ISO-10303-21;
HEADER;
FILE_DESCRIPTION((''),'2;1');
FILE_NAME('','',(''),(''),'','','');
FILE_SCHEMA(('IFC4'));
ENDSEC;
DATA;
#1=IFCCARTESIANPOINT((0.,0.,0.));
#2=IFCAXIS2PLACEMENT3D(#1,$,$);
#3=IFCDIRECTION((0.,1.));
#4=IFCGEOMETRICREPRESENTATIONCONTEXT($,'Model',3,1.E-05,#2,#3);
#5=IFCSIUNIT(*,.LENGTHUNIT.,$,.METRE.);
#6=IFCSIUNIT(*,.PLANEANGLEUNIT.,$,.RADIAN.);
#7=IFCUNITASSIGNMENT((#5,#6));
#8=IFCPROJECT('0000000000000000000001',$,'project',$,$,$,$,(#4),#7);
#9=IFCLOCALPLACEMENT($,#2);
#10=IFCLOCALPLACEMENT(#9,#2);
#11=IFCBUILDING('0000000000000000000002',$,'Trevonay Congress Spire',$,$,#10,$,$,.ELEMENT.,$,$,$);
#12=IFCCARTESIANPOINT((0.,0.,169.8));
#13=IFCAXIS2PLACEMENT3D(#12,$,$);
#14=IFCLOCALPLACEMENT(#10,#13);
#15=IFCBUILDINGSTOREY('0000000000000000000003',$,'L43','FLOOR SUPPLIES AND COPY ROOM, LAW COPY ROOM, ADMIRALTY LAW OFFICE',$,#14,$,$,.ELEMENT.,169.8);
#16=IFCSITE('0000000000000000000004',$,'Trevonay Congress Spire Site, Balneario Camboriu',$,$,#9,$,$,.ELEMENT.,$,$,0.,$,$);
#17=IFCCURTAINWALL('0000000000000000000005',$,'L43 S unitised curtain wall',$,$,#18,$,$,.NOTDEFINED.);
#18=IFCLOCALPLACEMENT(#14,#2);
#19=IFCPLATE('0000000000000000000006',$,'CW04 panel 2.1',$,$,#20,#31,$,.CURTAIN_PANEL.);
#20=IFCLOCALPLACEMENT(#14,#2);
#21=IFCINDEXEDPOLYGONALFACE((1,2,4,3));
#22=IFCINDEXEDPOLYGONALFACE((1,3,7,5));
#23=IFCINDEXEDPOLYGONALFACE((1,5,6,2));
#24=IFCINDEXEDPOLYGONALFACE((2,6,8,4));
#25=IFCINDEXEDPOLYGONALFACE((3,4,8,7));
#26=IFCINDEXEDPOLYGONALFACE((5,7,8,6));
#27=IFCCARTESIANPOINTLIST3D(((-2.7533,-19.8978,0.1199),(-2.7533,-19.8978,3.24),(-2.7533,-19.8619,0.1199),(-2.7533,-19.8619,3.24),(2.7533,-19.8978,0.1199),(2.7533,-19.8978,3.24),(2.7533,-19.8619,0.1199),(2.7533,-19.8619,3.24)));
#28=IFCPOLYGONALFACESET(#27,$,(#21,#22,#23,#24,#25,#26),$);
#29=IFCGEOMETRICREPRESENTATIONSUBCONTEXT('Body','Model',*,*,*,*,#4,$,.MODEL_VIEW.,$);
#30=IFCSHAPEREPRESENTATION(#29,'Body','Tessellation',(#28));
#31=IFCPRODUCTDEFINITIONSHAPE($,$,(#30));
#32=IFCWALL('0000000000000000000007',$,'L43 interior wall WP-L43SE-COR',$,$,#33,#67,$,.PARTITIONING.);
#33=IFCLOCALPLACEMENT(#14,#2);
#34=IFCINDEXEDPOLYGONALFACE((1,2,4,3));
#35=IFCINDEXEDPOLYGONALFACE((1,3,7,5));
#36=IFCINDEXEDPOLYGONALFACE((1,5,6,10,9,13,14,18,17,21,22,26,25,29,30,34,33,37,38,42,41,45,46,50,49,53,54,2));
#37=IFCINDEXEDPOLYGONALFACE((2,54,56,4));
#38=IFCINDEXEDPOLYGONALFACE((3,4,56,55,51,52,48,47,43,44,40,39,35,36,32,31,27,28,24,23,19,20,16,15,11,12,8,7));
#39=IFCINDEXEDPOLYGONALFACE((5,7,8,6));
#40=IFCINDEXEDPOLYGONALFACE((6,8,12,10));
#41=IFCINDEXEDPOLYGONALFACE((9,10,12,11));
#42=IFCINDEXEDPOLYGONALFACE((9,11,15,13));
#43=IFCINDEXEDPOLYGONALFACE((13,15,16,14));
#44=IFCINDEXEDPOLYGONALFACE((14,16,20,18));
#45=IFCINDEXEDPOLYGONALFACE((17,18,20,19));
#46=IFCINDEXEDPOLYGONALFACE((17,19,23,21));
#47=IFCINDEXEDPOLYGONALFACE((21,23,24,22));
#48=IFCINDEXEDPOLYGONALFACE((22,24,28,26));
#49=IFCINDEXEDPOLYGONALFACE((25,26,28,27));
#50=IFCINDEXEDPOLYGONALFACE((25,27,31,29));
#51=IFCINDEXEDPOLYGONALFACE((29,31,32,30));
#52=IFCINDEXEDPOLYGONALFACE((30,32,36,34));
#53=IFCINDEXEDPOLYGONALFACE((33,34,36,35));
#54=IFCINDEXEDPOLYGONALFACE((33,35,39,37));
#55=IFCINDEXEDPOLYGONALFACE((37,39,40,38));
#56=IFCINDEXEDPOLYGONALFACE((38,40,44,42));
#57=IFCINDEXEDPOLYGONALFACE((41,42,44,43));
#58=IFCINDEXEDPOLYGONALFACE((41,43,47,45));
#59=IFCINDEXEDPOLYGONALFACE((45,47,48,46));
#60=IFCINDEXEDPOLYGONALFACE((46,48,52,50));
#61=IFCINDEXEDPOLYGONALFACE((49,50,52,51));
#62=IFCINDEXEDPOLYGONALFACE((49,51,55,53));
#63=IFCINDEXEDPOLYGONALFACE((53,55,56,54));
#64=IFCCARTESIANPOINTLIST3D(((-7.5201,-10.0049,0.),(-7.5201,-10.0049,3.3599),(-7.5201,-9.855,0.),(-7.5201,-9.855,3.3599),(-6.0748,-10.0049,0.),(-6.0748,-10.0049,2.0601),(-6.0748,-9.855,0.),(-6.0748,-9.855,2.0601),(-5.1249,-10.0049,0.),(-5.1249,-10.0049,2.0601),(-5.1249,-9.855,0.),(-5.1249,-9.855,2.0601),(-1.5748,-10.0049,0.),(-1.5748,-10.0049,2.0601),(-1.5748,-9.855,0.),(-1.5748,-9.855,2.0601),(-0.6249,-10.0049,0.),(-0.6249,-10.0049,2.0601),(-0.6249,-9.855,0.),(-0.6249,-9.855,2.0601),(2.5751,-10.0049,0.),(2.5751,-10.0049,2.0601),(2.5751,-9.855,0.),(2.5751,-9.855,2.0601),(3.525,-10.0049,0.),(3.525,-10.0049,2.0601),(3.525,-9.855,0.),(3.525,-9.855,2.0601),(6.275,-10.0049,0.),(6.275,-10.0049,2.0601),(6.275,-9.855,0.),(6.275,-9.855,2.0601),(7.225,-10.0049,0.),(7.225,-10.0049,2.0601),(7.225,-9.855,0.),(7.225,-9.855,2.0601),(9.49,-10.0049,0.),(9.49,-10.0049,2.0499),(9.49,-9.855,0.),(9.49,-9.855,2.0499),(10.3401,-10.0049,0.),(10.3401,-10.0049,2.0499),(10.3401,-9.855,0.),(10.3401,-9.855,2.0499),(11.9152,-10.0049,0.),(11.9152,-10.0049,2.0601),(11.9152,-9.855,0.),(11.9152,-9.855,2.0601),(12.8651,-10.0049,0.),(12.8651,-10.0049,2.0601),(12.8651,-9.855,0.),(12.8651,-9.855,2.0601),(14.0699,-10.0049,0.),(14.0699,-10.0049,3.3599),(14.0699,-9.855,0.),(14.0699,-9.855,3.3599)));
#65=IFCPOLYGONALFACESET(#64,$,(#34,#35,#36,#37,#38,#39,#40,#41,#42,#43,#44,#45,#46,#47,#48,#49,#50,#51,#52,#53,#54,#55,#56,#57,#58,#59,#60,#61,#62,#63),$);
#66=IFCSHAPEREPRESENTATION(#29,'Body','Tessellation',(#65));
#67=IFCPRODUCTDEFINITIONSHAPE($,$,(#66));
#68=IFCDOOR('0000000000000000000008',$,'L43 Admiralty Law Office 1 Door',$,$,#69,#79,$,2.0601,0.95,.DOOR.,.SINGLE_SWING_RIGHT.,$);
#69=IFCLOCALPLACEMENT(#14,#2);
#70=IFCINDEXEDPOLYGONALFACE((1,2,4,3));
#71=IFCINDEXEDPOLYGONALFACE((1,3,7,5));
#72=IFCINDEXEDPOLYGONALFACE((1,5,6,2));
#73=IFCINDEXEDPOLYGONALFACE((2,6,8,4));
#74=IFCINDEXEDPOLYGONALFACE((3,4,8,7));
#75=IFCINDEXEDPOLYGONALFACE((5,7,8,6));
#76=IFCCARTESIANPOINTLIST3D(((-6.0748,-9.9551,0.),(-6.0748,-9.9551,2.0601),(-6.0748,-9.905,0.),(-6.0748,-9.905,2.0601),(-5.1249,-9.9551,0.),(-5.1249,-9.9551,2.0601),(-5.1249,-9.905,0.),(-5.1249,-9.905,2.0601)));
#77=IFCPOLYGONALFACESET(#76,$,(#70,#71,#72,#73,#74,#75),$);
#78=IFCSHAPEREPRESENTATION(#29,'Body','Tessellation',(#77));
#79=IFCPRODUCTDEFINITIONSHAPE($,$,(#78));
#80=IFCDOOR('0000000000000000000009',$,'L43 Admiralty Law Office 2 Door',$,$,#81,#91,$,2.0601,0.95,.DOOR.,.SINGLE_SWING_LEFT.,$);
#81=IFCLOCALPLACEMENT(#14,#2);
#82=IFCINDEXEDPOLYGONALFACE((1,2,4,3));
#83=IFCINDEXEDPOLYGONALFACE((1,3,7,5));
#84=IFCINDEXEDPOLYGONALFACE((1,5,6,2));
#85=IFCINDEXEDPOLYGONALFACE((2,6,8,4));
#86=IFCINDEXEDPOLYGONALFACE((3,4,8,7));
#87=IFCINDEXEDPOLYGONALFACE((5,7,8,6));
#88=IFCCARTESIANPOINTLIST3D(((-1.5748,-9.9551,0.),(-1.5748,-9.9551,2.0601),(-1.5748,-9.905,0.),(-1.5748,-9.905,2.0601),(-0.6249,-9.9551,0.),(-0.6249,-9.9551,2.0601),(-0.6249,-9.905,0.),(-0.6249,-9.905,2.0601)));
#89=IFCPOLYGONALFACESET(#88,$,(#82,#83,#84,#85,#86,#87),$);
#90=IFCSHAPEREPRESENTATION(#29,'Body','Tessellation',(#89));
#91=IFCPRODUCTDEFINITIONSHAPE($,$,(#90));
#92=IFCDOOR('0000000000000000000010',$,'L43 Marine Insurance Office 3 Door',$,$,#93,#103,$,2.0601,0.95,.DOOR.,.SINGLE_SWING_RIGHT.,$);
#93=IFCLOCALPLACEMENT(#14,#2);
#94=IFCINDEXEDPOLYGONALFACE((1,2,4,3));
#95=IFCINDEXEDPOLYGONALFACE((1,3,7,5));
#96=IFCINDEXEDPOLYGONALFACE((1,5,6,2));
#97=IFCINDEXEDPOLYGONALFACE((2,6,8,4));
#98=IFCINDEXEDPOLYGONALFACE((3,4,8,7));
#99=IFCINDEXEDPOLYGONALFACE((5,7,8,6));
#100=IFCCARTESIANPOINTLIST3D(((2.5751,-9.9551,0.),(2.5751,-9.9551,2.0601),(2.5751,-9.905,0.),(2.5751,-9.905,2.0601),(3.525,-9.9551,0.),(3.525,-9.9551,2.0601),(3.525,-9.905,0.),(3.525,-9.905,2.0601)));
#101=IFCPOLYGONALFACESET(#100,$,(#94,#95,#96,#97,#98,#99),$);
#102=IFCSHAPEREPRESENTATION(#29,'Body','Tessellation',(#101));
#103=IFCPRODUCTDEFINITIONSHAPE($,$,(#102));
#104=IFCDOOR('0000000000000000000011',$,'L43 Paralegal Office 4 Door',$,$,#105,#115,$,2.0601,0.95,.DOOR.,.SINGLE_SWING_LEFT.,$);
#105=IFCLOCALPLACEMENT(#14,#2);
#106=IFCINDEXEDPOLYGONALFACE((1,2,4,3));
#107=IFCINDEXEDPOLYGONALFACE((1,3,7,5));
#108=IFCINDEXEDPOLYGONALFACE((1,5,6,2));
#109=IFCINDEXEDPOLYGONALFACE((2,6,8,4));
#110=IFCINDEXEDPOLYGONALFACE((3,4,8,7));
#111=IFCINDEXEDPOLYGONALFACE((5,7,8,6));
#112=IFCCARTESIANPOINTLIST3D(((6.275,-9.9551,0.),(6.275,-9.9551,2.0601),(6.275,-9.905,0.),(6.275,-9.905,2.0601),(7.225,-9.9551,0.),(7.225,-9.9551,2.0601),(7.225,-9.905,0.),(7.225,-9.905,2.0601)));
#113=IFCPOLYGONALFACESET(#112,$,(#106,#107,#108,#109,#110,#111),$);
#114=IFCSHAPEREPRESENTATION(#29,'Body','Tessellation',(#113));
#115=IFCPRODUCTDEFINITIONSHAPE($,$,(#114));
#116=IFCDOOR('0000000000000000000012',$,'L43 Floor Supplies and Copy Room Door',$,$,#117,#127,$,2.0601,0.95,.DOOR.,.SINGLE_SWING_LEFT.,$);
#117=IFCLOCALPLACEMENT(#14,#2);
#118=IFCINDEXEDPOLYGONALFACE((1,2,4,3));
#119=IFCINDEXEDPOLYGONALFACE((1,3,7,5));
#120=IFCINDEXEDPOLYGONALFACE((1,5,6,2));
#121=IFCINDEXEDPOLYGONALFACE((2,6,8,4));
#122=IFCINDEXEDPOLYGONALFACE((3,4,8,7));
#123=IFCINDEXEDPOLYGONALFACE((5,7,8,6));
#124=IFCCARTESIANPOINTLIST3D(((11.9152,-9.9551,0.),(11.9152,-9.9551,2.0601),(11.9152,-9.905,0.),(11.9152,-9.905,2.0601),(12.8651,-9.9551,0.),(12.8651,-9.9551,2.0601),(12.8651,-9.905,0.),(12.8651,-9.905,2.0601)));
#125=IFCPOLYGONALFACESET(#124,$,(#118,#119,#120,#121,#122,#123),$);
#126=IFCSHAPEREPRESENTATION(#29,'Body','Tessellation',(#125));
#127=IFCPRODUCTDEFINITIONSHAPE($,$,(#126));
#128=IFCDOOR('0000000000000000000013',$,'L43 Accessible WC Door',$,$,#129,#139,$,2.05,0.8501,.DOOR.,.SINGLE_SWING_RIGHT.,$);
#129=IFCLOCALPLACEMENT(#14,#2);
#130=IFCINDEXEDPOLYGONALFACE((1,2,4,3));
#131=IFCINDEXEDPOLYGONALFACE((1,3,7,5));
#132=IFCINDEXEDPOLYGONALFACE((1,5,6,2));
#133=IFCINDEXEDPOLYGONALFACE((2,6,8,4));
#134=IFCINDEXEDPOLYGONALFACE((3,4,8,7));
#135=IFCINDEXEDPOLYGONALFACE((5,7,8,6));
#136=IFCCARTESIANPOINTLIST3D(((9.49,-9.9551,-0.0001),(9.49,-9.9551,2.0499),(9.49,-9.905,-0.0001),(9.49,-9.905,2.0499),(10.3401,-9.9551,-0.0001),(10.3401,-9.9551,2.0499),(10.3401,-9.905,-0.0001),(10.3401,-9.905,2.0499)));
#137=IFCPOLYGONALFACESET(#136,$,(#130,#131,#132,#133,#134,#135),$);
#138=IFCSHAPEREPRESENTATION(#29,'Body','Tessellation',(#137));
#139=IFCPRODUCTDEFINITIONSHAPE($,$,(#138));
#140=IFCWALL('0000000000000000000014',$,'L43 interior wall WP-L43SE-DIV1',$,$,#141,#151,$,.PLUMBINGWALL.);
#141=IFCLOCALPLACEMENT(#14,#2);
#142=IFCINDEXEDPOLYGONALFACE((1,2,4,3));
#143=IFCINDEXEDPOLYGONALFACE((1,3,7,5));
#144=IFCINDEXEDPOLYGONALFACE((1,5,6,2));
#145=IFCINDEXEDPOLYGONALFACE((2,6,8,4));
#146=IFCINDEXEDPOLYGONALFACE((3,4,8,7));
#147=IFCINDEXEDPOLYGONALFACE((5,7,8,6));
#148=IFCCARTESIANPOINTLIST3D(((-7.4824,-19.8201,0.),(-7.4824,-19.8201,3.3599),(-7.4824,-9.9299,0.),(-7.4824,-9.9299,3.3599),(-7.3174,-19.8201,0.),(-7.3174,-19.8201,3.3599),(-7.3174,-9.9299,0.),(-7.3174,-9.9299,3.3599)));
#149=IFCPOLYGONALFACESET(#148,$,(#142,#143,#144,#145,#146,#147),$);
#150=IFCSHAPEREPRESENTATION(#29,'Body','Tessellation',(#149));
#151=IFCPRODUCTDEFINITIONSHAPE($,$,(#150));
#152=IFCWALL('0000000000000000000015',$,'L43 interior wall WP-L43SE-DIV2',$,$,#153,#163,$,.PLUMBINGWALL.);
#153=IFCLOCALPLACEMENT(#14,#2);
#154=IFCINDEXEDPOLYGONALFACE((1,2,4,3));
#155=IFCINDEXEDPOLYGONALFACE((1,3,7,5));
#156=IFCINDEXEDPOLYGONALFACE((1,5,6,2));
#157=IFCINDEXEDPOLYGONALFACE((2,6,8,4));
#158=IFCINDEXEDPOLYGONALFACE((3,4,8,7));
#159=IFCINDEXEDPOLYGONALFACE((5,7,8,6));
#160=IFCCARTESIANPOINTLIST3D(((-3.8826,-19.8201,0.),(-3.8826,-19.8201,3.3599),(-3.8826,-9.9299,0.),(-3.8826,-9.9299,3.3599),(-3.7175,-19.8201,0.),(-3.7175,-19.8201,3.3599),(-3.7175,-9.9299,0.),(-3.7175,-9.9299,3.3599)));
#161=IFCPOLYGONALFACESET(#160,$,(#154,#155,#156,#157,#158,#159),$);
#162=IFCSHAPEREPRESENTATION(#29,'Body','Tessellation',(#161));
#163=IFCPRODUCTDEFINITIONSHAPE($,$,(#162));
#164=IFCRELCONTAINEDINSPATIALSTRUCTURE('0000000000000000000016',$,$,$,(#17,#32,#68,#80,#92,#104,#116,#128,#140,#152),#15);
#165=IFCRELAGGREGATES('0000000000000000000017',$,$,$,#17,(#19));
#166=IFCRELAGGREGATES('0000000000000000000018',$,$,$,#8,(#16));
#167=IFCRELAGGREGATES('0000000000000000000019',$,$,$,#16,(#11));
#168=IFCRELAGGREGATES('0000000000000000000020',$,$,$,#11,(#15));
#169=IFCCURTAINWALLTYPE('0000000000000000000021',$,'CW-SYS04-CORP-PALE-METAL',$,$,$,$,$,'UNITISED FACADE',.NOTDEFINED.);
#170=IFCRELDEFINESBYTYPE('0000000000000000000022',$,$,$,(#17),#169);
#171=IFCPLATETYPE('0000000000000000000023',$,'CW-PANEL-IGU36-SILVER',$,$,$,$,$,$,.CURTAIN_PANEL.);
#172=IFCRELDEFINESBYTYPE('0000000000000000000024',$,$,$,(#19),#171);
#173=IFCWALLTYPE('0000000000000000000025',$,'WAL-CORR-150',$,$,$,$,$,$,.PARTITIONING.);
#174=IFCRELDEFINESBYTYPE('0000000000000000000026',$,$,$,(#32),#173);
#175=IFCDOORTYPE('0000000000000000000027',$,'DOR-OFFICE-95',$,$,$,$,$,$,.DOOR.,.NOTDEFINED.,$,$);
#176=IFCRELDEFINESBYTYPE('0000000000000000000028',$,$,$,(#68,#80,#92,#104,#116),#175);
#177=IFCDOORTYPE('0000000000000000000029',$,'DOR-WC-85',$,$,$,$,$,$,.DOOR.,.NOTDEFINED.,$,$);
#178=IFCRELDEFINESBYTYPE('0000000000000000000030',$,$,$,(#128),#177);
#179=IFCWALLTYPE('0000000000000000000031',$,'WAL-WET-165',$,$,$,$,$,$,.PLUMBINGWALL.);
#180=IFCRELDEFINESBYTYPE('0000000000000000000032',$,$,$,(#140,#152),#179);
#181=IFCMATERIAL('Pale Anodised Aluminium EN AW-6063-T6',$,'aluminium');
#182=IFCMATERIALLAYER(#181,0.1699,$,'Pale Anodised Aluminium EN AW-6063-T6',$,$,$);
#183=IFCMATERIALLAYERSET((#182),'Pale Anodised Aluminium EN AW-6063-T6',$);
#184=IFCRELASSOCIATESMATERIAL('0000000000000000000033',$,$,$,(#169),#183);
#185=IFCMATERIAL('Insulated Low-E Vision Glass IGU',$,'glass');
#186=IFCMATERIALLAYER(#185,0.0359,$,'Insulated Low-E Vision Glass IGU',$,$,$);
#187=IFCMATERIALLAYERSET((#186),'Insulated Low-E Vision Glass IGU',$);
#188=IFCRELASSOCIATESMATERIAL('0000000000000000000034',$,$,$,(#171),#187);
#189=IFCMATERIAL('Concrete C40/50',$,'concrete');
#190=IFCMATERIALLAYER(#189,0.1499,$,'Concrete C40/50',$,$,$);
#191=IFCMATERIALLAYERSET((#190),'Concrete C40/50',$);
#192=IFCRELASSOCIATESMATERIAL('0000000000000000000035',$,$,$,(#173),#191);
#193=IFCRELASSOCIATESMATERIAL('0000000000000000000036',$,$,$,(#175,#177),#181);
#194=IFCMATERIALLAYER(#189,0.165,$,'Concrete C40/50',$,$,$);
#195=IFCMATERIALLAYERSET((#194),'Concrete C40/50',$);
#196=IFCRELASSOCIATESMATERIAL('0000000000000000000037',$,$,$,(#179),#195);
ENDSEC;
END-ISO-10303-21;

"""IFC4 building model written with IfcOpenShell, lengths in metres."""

from ifc_helpers import new_model, si_unit, direction, frame, frame_2d, origin, origin_2d, place, context, subcontext, project, spatial, rectangle, extrude, material, layer, layer_set, type_object, element, fill, aggregate, save


model = new_model("IFC4")

# Units and contexts
model_context = context("Model", 3, precision=1e-05, world=origin(), true_north=direction((0.0, 1.0)))
body_context = subcontext(model_context, "Body", "Model", "MODEL_VIEW")
ifc_project = project(units=[si_unit("LENGTHUNIT", "METRE"), si_unit("PLANEANGLEUNIT", "RADIAN")], contexts=[model_context])

# Site, building, storey
site_placement = place(None, origin())
site = spatial("IfcSite", under=ifc_project, at=site_placement, Name="Trevonay Congress Spire Site, Balneario Camboriu", CompositionType="ELEMENT", RefElevation=0.0)
building_placement = place(site_placement, origin())
building = spatial("IfcBuilding", under=site, at=building_placement, Name="Trevonay Congress Spire", CompositionType="ELEMENT")
storey_placement = place(building_placement, frame((0.0, 0.0, 169.8)))
storey = spatial("IfcBuildingStorey", under=building, at=storey_placement, Name="L43", Description="FLOOR SUPPLIES AND COPY ROOM, LAW COPY ROOM, ADMIRALTY LAW OFFICE", CompositionType="ELEMENT", Elevation=169.8)

# Curtain wall, plate
ifc_material_1 = material(Name="Pale Anodised Aluminium EN AW-6063-T6", Category="aluminium")
ifc_layer_1 = layer(ifc_material_1, 0.1699, Name="Pale Anodised Aluminium EN AW-6063-T6")
ifc_layer_set_1 = layer_set([ifc_layer_1], Name="Pale Anodised Aluminium EN AW-6063-T6")
curtain_wall_type = type_object("IfcCurtainWallType", Name="CW-SYS04-CORP-PALE-METAL", ElementType="UNITISED FACADE", PredefinedType="NOTDEFINED", material=ifc_layer_set_1)
curtain_wall_placement = place(storey_placement, origin())
curtain_wall = element("IfcCurtainWall", 1, at=curtain_wall_placement, inside=storey, type_object=curtain_wall_type, Name="L43 S unitised curtain wall", PredefinedType="NOTDEFINED")
ifc_material_2 = material(Name="Insulated Low-E Vision Glass IGU", Category="glass")
ifc_layer_2 = layer(ifc_material_2, 0.0359, Name="Insulated Low-E Vision Glass IGU")
ifc_layer_set_2 = layer_set([ifc_layer_2], Name="Insulated Low-E Vision Glass IGU")
plate_type = type_object("IfcPlateType", Name="CW-PANEL-IGU36-SILVER", PredefinedType="CURTAIN_PANEL", material=ifc_layer_set_2)
plate_1_placement = place(storey_placement, frame((0.0, -19.8799, 0.1199), z_axis=(0.0, 0.0, 1.0), x_axis=(1.0, 0.0, 0.0)))
plate_1 = element("IfcPlate", 2, at=plate_1_placement, type_object=plate_type, Name="CW04 panel 2.1", PredefinedType="CURTAIN_PANEL", context=body_context, shape_type="SweptSolid", body=[
    extrude(rectangle(XDim=5.5066, YDim=0.0359, at=origin_2d()), origin(), (0.0, 0.0, 1.0), 3.1201),
])
aggregate(curtain_wall, [plate_1])

# Wall, openings, doors
ifc_material_3 = material(Name="Concrete C40/50", Category="concrete")
ifc_layer_3 = layer(ifc_material_3, 0.1499, Name="Concrete C40/50")
ifc_layer_set_3 = layer_set([ifc_layer_3], Name="Concrete C40/50")
wall_type_1 = type_object("IfcWallType", Name="WAL-CORR-150", PredefinedType="PARTITIONING", material=ifc_layer_set_3)
wall_placement = place(storey_placement, frame((-7.52, -9.9299, 0.0), z_axis=(0.0, 0.0, 1.0), x_axis=(1.0, 0.0, 0.0)))
wall = element("IfcWall", 3, at=wall_placement, inside=storey, type_object=wall_type_1, Name="L43 interior wall WP-L43SE-COR", PredefinedType="PARTITIONING", context=body_context, shape_type="SweptSolid", body=[
    extrude(rectangle(XDim=21.5901, YDim=0.1499, at=frame_2d((10.7949, 0.0))), origin(), (0.0, 0.0, 1.0), 3.3599),
])
opening_1_placement = place(wall_placement, frame((1.4451, 0.0, 0.0)))
opening_1 = element("IfcOpeningElement", 4, at=opening_1_placement, cuts=wall, PredefinedType="OPENING", context=body_context, shape_type="SweptSolid", body=[
    extrude(rectangle(XDim=0.95, YDim=2.0601, at=frame_2d((0.4751, 1.03))), frame((0.0, 0.085, 0.0), z_axis=(0.0, -1.0, 0.0), x_axis=(1.0, 0.0, 0.0)), (0.0, 0.0, 1.0), 0.1699),
])
opening_2_placement = place(wall_placement, frame((5.9451, 0.0, 0.0)))
opening_2 = element("IfcOpeningElement", 5, at=opening_2_placement, cuts=wall, PredefinedType="OPENING", context=body_context, shape_type="SweptSolid", body=[
    extrude(rectangle(XDim=0.95, YDim=2.0601, at=frame_2d((0.4751, 1.03))), frame((0.0, 0.085, 0.0), z_axis=(0.0, -1.0, 0.0), x_axis=(1.0, 0.0, 0.0)), (0.0, 0.0, 1.0), 0.1699),
])
opening_3_placement = place(wall_placement, frame((10.095, 0.0, 0.0)))
opening_3 = element("IfcOpeningElement", 6, at=opening_3_placement, cuts=wall, PredefinedType="OPENING", context=body_context, shape_type="SweptSolid", body=[
    extrude(rectangle(XDim=0.95, YDim=2.0601, at=frame_2d((0.4751, 1.03))), frame((0.0, 0.085, 0.0), z_axis=(0.0, -1.0, 0.0), x_axis=(1.0, 0.0, 0.0)), (0.0, 0.0, 1.0), 0.1699),
])
opening_4_placement = place(wall_placement, frame((13.7949, 0.0, 0.0)))
opening_4 = element("IfcOpeningElement", 7, at=opening_4_placement, cuts=wall, PredefinedType="OPENING", context=body_context, shape_type="SweptSolid", body=[
    extrude(rectangle(XDim=0.95, YDim=2.0601, at=frame_2d((0.4751, 1.03))), frame((0.0, 0.085, 0.0), z_axis=(0.0, -1.0, 0.0), x_axis=(1.0, 0.0, 0.0)), (0.0, 0.0, 1.0), 0.1699),
])
opening_5_placement = place(wall_placement, frame((17.01, 0.0, 0.0)))
opening_5 = element("IfcOpeningElement", 8, at=opening_5_placement, cuts=wall, PredefinedType="OPENING", context=body_context, shape_type="SweptSolid", body=[
    extrude(rectangle(XDim=0.8501, YDim=2.05, at=frame_2d((0.425, 1.0249))), frame((0.0, 0.085, 0.0), z_axis=(0.0, -1.0, 0.0), x_axis=(1.0, 0.0, 0.0)), (0.0, 0.0, 1.0), 0.1699),
])
opening_6_placement = place(wall_placement, frame((19.4351, 0.0, 0.0)))
opening_6 = element("IfcOpeningElement", 9, at=opening_6_placement, cuts=wall, PredefinedType="OPENING", context=body_context, shape_type="SweptSolid", body=[
    extrude(rectangle(XDim=0.95, YDim=2.0601, at=frame_2d((0.4751, 1.03))), frame((0.0, 0.085, 0.0), z_axis=(0.0, -1.0, 0.0), x_axis=(1.0, 0.0, 0.0)), (0.0, 0.0, 1.0), 0.1699),
])
door_type_1 = type_object("IfcDoorType", Name="DOR-OFFICE-95", OperationType="NOTDEFINED", PredefinedType="DOOR", material=ifc_material_1)
door_1_placement = place(opening_1_placement, origin())
door_1 = element("IfcDoor", 10, at=door_1_placement, inside=storey, type_object=door_type_1, Name="L43 Admiralty Law Office 1 Door", OperationType="SINGLE_SWING_RIGHT", OverallHeight=2.0601, OverallWidth=0.95, PredefinedType="DOOR", context=body_context, shape_type="SweptSolid", body=[
    extrude(rectangle(XDim=0.95, YDim=2.0601, at=frame_2d((0.4751, 1.03))), frame((0.0, 0.0249, 0.0), z_axis=(0.0, -1.0, 0.0), x_axis=(1.0, 0.0, 0.0)), (0.0, 0.0, 1.0), 0.05),
])
fill(opening_1, door_1)
door_2_placement = place(opening_2_placement, origin())
door_2 = element("IfcDoor", 11, at=door_2_placement, inside=storey, type_object=door_type_1, Name="L43 Admiralty Law Office 2 Door", OperationType="SINGLE_SWING_LEFT", OverallHeight=2.0601, OverallWidth=0.95, PredefinedType="DOOR", context=body_context, shape_type="SweptSolid", body=[
    extrude(rectangle(XDim=0.95, YDim=2.0601, at=frame_2d((0.4751, 1.03))), frame((0.0, 0.0249, 0.0), z_axis=(0.0, -1.0, 0.0), x_axis=(1.0, 0.0, 0.0)), (0.0, 0.0, 1.0), 0.05),
])
fill(opening_2, door_2)
door_3_placement = place(opening_3_placement, origin())
door_3 = element("IfcDoor", 12, at=door_3_placement, inside=storey, type_object=door_type_1, Name="L43 Marine Insurance Office 3 Door", OperationType="SINGLE_SWING_RIGHT", OverallHeight=2.0601, OverallWidth=0.95, PredefinedType="DOOR", context=body_context, shape_type="SweptSolid", body=[
    extrude(rectangle(XDim=0.95, YDim=2.0601, at=frame_2d((0.4751, 1.03))), frame((0.0, 0.0249, 0.0), z_axis=(0.0, -1.0, 0.0), x_axis=(1.0, 0.0, 0.0)), (0.0, 0.0, 1.0), 0.05),
])
fill(opening_3, door_3)
door_4_placement = place(opening_4_placement, origin())
door_4 = element("IfcDoor", 13, at=door_4_placement, inside=storey, type_object=door_type_1, Name="L43 Paralegal Office 4 Door", OperationType="SINGLE_SWING_LEFT", OverallHeight=2.0601, OverallWidth=0.95, PredefinedType="DOOR", context=body_context, shape_type="SweptSolid", body=[
    extrude(rectangle(XDim=0.95, YDim=2.0601, at=frame_2d((0.4751, 1.03))), frame((0.0, 0.0249, 0.0), z_axis=(0.0, -1.0, 0.0), x_axis=(1.0, 0.0, 0.0)), (0.0, 0.0, 1.0), 0.05),
])
fill(opening_4, door_4)
door_5_placement = place(opening_6_placement, origin())
door_5 = element("IfcDoor", 14, at=door_5_placement, inside=storey, type_object=door_type_1, Name="L43 Floor Supplies and Copy Room Door", OperationType="SINGLE_SWING_LEFT", OverallHeight=2.0601, OverallWidth=0.95, PredefinedType="DOOR", context=body_context, shape_type="SweptSolid", body=[
    extrude(rectangle(XDim=0.95, YDim=2.0601, at=frame_2d((0.4751, 1.03))), frame((0.0, 0.0249, 0.0), z_axis=(0.0, -1.0, 0.0), x_axis=(1.0, 0.0, 0.0)), (0.0, 0.0, 1.0), 0.05),
])
fill(opening_6, door_5)
door_type_2 = type_object("IfcDoorType", Name="DOR-WC-85", OperationType="NOTDEFINED", PredefinedType="DOOR", material=ifc_material_1)
door_6_placement = place(opening_5_placement, origin())
door_6 = element("IfcDoor", 15, at=door_6_placement, inside=storey, type_object=door_type_2, Name="L43 Accessible WC Door", OperationType="SINGLE_SWING_RIGHT", OverallHeight=2.05, OverallWidth=0.8501, PredefinedType="DOOR", context=body_context, shape_type="SweptSolid", body=[
    extrude(rectangle(XDim=0.8501, YDim=2.05, at=frame_2d((0.425, 1.0249))), frame((0.0, 0.0249, 0.0), z_axis=(0.0, -1.0, 0.0), x_axis=(1.0, 0.0, 0.0)), (0.0, 0.0, 1.0), 0.05),
])
fill(opening_5, door_6)

# Walls
ifc_layer_4 = layer(ifc_material_3, 0.165, Name="Concrete C40/50")
ifc_layer_set_4 = layer_set([ifc_layer_4], Name="Concrete C40/50")
wall_type_2 = type_object("IfcWallType", Name="WAL-WET-165", PredefinedType="PLUMBINGWALL", material=ifc_layer_set_4)
for number, where, z_axis, x_axis, name in (
    (16, (-7.3999, -19.8201, 0.0), (0.0, 0.0, 1.0), (0.0, 1.0, 0.0), "L43 interior wall WP-L43SE-DIV1"),
    (17, (-3.8, -19.8201, 0.0), (0.0, 0.0, 1.0), (0.0, 1.0, 0.0), "L43 interior wall WP-L43SE-DIV2"),
):
    element("IfcWall", number, at=place(storey_placement, frame(where, z_axis=z_axis, x_axis=x_axis)), inside=storey, type_object=wall_type_2, Name=name, PredefinedType="PLUMBINGWALL", context=body_context, shape_type="SweptSolid", body=[
        extrude(rectangle(XDim=9.8901, YDim=0.165, at=frame_2d((4.9451, 0.0))), origin(), (0.0, 0.0, 1.0), 3.3599),
    ])

save(model, "model.ifc")
